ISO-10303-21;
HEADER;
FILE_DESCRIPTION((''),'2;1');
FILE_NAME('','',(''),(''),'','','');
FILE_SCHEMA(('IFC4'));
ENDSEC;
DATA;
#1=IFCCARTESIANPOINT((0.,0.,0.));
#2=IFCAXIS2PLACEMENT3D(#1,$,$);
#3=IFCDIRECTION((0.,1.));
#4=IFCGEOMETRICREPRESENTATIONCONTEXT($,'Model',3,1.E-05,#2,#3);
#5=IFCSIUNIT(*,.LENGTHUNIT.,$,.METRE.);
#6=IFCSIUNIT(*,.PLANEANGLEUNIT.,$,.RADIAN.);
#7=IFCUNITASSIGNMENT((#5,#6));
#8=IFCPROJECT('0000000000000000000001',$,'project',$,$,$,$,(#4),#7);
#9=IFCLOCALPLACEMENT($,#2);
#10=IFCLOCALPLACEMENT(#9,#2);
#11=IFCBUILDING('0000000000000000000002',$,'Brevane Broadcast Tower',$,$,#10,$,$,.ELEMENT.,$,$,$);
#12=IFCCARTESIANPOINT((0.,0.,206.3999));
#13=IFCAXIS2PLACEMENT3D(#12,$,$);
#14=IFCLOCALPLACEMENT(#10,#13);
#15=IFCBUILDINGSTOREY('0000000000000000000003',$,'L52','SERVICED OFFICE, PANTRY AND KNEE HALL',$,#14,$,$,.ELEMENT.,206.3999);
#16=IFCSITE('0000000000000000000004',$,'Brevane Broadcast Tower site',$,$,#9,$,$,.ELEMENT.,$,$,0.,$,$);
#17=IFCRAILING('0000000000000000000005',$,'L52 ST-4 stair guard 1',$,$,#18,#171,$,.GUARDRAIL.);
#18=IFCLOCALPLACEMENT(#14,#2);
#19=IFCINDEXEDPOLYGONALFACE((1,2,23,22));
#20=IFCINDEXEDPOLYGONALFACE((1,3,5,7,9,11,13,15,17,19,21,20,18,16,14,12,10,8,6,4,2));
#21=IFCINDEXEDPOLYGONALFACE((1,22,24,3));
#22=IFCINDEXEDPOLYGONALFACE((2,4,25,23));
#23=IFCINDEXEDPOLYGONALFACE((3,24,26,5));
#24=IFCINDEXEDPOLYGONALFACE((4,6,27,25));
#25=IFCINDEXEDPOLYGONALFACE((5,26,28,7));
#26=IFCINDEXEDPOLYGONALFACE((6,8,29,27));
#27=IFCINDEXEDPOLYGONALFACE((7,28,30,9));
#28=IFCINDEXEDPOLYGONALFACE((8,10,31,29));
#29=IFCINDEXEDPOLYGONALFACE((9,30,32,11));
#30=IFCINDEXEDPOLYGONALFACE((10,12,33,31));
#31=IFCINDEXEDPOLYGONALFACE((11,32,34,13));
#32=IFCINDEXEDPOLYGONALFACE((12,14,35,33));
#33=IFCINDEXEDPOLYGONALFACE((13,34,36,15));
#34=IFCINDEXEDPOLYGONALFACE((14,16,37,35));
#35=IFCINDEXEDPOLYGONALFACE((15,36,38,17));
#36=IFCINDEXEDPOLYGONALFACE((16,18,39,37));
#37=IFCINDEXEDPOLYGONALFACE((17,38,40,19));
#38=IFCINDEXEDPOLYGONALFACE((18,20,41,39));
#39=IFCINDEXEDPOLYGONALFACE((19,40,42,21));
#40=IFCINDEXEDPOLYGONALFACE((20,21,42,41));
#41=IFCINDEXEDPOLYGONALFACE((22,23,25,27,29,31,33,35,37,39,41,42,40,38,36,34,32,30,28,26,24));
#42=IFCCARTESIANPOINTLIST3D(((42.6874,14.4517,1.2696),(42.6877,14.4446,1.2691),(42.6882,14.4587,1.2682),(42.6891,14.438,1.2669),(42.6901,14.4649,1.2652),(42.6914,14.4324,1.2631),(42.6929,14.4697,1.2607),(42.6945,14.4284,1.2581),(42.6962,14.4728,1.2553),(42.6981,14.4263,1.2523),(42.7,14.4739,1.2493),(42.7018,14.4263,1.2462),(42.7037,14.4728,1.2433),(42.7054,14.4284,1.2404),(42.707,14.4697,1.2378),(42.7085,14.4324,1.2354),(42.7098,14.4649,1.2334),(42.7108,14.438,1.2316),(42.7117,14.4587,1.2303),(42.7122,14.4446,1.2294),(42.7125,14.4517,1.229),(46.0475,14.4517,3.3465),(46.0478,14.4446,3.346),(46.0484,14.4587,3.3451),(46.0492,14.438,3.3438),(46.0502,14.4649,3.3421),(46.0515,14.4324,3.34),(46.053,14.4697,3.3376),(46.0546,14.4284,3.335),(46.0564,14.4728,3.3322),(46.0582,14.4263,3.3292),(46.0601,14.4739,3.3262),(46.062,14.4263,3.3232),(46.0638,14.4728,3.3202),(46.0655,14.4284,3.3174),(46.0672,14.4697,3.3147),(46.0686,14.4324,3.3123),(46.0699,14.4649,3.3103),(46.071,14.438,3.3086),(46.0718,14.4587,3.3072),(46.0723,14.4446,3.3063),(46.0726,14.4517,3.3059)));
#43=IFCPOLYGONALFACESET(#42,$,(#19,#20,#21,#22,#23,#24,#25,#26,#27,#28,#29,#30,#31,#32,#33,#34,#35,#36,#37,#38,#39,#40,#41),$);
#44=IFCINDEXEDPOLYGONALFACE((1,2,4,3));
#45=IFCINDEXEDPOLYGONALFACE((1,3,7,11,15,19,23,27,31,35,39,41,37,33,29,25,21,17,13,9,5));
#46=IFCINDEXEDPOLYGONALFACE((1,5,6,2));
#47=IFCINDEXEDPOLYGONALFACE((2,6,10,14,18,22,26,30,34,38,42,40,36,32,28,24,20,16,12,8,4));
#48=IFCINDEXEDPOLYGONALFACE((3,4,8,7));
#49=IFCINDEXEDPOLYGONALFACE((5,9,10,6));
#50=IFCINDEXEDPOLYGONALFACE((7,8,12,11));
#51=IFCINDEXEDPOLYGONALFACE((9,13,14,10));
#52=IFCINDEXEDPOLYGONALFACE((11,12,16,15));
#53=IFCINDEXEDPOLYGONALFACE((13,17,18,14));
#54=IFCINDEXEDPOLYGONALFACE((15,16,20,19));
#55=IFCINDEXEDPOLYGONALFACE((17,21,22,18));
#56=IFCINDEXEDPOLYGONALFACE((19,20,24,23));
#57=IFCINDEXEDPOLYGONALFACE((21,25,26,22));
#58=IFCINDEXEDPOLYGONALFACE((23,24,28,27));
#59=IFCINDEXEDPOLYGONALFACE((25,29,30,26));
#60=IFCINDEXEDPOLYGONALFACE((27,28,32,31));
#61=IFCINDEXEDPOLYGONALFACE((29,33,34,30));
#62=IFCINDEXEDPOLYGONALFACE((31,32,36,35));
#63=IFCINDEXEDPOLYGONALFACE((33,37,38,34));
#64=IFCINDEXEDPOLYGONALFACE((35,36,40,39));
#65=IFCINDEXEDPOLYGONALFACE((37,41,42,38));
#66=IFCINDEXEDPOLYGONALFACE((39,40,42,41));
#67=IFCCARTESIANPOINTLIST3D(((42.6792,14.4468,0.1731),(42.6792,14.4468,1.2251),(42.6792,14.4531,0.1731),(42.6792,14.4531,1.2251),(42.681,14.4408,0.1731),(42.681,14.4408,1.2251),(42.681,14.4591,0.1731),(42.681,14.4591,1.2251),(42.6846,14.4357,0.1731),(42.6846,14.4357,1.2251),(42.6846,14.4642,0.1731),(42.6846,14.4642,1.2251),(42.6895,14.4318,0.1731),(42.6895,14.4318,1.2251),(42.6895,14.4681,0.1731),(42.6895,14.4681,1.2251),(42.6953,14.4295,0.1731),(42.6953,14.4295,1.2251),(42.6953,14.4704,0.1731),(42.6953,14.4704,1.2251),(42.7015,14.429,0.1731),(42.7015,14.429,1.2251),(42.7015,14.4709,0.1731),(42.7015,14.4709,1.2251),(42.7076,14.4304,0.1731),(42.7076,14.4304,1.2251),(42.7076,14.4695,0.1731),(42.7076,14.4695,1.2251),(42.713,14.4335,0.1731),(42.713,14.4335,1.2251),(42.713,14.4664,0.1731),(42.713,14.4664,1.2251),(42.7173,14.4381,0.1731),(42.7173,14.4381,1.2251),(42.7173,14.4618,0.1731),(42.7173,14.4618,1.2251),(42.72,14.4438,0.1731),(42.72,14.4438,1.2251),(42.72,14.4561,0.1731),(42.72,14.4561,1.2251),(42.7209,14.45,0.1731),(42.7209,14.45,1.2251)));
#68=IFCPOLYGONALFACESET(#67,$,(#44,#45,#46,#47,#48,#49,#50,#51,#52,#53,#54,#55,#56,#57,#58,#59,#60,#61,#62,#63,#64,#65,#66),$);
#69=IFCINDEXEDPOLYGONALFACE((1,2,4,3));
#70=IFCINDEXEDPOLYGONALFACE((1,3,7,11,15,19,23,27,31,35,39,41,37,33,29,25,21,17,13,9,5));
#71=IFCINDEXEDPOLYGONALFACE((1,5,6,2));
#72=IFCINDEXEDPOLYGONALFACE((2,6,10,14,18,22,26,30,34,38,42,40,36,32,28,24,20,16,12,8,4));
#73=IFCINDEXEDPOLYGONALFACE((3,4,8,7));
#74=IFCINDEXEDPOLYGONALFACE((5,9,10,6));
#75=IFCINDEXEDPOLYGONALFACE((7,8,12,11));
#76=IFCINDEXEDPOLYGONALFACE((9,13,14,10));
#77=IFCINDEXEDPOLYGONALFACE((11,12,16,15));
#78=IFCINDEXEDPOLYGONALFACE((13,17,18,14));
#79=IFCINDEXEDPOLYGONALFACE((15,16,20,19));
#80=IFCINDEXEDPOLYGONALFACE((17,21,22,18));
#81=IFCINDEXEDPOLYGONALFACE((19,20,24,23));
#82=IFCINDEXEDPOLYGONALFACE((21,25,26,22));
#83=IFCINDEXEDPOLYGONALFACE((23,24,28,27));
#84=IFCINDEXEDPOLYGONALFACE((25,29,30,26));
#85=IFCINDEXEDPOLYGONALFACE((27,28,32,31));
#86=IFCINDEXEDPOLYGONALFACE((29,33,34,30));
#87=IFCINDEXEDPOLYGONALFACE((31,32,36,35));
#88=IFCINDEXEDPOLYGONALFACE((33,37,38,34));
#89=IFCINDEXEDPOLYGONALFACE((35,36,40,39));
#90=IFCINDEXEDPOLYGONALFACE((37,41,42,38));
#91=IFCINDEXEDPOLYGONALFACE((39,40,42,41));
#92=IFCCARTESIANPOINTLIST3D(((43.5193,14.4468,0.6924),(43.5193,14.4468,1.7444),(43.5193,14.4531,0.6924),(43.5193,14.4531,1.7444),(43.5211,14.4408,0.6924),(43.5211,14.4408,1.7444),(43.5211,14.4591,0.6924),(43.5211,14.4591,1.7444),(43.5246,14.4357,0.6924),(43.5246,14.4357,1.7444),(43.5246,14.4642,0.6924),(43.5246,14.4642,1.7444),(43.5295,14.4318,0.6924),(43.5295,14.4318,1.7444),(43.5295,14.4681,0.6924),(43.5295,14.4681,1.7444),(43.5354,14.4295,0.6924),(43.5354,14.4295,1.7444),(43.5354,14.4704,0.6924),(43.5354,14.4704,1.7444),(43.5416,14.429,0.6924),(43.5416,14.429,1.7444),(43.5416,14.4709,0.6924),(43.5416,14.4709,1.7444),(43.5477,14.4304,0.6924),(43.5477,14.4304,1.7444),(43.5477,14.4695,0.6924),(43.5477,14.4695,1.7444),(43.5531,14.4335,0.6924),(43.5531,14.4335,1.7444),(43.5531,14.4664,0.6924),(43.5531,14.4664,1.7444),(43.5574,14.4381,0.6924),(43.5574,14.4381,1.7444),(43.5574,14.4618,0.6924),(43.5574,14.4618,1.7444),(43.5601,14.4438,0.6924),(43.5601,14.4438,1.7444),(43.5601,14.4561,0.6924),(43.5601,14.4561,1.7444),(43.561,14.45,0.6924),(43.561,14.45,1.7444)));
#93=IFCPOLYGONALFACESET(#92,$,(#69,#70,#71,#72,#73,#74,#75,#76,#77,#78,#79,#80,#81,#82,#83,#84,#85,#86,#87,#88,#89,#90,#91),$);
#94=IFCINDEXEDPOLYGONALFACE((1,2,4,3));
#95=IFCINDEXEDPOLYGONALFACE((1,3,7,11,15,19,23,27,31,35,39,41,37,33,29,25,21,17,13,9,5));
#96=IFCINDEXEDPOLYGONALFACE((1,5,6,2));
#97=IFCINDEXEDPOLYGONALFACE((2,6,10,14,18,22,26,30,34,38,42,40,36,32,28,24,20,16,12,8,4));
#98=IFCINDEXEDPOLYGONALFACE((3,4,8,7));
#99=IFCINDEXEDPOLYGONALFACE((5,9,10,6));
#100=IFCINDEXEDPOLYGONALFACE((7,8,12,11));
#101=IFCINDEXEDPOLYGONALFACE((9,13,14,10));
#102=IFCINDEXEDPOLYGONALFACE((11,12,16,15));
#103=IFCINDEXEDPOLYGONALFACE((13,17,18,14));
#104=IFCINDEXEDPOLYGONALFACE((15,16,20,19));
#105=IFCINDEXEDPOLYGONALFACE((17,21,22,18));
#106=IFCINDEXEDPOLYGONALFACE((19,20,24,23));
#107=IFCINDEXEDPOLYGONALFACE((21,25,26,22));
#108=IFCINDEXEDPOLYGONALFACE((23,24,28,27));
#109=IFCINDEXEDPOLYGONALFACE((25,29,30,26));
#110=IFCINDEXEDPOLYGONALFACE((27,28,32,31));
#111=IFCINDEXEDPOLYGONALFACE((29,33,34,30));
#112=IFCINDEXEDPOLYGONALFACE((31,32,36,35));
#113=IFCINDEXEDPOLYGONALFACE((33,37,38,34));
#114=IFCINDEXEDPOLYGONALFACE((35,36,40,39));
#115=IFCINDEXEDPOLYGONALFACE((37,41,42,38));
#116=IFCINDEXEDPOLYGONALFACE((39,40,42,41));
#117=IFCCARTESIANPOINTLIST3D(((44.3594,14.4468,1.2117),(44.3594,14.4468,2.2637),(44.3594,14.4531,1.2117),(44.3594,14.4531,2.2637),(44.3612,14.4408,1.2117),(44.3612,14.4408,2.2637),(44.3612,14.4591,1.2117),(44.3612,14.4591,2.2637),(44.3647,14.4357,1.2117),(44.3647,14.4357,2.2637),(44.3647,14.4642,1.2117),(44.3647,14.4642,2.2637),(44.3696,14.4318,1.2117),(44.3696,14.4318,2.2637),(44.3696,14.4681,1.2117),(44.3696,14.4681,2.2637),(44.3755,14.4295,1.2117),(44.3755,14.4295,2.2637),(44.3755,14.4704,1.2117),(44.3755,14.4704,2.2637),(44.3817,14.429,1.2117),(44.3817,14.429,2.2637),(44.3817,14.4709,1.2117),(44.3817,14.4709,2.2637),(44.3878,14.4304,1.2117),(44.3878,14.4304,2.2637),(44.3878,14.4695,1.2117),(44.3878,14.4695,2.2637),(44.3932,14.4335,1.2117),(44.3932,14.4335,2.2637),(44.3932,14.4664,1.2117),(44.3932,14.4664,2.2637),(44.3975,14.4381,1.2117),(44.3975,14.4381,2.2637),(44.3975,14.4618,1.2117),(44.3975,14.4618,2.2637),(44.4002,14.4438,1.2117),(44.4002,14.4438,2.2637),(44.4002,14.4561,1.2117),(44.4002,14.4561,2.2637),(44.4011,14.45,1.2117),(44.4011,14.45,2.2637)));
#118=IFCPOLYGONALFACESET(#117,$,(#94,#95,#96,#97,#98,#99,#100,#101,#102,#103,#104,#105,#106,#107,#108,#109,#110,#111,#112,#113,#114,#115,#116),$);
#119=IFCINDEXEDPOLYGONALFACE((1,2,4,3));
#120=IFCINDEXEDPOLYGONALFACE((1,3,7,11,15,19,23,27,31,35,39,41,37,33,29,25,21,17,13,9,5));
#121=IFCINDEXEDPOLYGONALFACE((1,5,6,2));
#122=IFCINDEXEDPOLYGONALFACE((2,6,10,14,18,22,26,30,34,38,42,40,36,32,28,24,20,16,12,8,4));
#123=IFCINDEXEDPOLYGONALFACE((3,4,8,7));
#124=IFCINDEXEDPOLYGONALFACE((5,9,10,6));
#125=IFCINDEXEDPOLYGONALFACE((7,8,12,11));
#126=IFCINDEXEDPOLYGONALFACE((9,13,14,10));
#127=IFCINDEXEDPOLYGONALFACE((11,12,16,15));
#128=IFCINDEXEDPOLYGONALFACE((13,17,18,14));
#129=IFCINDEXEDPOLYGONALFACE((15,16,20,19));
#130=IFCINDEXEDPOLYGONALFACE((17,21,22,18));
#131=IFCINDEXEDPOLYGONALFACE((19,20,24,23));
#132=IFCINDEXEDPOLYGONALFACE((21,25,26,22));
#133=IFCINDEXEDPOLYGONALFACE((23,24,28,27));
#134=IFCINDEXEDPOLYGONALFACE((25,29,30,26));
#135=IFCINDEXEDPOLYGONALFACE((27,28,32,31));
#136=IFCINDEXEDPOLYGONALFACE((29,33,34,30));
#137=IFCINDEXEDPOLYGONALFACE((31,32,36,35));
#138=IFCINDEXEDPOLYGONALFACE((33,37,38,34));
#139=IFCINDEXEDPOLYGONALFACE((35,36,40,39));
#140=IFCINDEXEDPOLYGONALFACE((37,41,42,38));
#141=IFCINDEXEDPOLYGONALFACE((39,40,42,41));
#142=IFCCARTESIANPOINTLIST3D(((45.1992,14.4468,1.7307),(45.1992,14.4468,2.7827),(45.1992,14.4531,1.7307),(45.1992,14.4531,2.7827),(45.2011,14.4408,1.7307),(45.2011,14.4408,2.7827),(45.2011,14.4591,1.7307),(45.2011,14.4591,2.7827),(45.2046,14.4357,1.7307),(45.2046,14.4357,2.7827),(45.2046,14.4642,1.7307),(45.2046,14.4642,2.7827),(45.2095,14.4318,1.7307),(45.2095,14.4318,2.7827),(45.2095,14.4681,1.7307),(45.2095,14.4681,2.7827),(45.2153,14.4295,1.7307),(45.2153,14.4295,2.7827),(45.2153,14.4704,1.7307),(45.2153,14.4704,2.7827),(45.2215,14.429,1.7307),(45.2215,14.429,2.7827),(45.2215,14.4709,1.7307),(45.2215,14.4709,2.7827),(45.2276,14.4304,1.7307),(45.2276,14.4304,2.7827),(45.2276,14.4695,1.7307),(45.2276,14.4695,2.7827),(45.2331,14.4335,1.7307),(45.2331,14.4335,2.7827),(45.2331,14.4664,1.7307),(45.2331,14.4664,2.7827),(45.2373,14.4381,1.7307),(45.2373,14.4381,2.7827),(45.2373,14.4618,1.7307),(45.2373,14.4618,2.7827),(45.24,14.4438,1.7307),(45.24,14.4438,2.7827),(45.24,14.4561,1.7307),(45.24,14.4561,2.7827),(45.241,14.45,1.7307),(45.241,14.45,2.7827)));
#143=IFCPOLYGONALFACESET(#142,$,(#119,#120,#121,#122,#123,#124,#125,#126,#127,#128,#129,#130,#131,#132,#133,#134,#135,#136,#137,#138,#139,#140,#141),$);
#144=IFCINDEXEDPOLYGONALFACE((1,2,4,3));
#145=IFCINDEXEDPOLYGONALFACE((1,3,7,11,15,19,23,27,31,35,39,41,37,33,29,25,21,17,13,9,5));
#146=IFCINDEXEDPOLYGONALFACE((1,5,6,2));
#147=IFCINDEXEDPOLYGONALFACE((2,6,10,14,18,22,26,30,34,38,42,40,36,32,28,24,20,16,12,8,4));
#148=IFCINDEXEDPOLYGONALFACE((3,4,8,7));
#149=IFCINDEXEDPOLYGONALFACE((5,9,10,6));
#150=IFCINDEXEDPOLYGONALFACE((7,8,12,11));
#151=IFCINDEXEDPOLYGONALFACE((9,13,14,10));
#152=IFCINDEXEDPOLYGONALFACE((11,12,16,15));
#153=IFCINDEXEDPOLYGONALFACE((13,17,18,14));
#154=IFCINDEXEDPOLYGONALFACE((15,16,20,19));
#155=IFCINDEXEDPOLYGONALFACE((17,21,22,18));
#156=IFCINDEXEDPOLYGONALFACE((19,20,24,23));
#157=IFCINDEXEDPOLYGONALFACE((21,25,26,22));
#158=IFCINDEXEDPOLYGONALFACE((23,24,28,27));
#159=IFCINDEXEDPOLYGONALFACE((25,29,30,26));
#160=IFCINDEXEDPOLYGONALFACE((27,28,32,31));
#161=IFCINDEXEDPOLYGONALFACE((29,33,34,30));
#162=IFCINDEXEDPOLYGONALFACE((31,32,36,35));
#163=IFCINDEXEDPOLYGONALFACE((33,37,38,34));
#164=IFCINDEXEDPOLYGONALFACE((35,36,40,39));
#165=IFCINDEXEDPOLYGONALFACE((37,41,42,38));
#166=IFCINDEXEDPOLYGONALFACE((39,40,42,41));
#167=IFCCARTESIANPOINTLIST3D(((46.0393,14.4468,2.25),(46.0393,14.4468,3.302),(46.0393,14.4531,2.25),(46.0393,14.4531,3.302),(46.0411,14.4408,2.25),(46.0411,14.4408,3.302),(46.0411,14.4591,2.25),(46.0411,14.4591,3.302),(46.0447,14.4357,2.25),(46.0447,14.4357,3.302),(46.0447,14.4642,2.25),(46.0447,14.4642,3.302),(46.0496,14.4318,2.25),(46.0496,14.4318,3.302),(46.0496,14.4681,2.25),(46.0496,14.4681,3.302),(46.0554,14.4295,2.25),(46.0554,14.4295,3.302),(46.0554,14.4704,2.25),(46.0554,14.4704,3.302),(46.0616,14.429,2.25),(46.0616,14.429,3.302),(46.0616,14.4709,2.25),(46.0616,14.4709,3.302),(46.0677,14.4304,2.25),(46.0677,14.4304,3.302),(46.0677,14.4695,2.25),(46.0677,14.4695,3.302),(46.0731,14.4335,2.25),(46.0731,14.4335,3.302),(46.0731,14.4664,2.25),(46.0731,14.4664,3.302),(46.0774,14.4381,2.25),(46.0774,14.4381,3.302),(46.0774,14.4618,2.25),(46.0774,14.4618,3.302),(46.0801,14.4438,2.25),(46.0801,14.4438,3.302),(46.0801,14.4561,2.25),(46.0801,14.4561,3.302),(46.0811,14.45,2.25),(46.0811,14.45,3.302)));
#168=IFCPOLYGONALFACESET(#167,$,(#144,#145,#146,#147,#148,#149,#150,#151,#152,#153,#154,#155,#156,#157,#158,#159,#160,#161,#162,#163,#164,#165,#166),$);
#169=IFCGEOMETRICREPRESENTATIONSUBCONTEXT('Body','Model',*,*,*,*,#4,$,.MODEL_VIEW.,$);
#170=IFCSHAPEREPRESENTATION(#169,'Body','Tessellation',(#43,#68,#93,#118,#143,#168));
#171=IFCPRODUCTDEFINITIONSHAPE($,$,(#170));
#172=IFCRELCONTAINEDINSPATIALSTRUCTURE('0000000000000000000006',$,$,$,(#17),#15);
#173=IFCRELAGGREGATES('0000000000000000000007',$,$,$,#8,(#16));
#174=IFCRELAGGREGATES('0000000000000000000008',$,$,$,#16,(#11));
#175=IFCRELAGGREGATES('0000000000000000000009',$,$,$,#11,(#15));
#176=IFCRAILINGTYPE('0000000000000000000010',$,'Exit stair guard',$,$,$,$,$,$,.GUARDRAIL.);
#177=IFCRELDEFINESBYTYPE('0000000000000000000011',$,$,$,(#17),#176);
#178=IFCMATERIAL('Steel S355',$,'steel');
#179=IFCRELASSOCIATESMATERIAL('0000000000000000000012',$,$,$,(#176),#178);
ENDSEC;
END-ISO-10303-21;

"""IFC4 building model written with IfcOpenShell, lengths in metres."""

from ifc_helpers import new_model, si_unit, direction, frame, origin, origin_2d, place, context, subcontext, project, spatial, circle, extrude, material, type_object, element, save


model = new_model("IFC4")

# Units and contexts
model_context = context("Model", 3, precision=1e-05, world=origin(), true_north=direction((0.0, 1.0)))
body_context = subcontext(model_context, "Body", "Model", "MODEL_VIEW")
ifc_project = project(units=[si_unit("LENGTHUNIT", "METRE"), si_unit("PLANEANGLEUNIT", "RADIAN")], contexts=[model_context])

# Site, building, storey
site_placement = place(None, origin())
site = spatial("IfcSite", under=ifc_project, at=site_placement, Name="Brevane Broadcast Tower site", CompositionType="ELEMENT", RefElevation=0.0)
building_placement = place(site_placement, origin())
building = spatial("IfcBuilding", under=site, at=building_placement, Name="Brevane Broadcast Tower", CompositionType="ELEMENT")
storey_placement = place(building_placement, frame((0.0, 0.0, 206.3999)))
storey = spatial("IfcBuildingStorey", under=building, at=storey_placement, Name="L52", Description="SERVICED OFFICE, PANTRY AND KNEE HALL", CompositionType="ELEMENT", Elevation=206.3999)

# Railing
ifc_material_1 = material(Name="Steel S355", Category="steel")
railing_type_1 = type_object("IfcRailingType", Name="Exit stair guard", PredefinedType="GUARDRAIL", material=ifc_material_1)
railing_1_placement = place(storey_placement, frame((42.7, 14.45, 0.1731)))
element("IfcRailing", 1, at=railing_1_placement, inside=storey, type_object=railing_type_1, Name="L52 ST-4 stair guard 1", PredefinedType="GUARDRAIL", context=body_context, shape_type="SweptSolid", body=[
    extrude(circle(Radius=0.0239, at=origin_2d()), frame((0.0, 0.0, 1.0762), z_axis=(0.850623, 0.0, 0.525776), x_axis=(0.0, 1.0, 0.0)), (0.0, 0.0, 1.0), 3.9502),
    extrude(circle(Radius=0.021, at=origin_2d()), origin(), (0.0, 0.0, 1.0), 1.052),
    extrude(circle(Radius=0.021, at=origin_2d()), frame((0.8401, 0.0, 0.5193)), (0.0, 0.0, 1.0), 1.052),
    extrude(circle(Radius=0.021, at=origin_2d()), frame((1.6802, 0.0, 1.0386)), (0.0, 0.0, 1.0), 1.052),
    extrude(circle(Radius=0.021, at=origin_2d()), frame((2.52, 0.0, 1.5576)), (0.0, 0.0, 1.0), 1.052),
    extrude(circle(Radius=0.021, at=origin_2d()), frame((3.3601, 0.0, 2.0769)), (0.0, 0.0, 1.0), 1.052),
])

save(model, "model.ifc")
